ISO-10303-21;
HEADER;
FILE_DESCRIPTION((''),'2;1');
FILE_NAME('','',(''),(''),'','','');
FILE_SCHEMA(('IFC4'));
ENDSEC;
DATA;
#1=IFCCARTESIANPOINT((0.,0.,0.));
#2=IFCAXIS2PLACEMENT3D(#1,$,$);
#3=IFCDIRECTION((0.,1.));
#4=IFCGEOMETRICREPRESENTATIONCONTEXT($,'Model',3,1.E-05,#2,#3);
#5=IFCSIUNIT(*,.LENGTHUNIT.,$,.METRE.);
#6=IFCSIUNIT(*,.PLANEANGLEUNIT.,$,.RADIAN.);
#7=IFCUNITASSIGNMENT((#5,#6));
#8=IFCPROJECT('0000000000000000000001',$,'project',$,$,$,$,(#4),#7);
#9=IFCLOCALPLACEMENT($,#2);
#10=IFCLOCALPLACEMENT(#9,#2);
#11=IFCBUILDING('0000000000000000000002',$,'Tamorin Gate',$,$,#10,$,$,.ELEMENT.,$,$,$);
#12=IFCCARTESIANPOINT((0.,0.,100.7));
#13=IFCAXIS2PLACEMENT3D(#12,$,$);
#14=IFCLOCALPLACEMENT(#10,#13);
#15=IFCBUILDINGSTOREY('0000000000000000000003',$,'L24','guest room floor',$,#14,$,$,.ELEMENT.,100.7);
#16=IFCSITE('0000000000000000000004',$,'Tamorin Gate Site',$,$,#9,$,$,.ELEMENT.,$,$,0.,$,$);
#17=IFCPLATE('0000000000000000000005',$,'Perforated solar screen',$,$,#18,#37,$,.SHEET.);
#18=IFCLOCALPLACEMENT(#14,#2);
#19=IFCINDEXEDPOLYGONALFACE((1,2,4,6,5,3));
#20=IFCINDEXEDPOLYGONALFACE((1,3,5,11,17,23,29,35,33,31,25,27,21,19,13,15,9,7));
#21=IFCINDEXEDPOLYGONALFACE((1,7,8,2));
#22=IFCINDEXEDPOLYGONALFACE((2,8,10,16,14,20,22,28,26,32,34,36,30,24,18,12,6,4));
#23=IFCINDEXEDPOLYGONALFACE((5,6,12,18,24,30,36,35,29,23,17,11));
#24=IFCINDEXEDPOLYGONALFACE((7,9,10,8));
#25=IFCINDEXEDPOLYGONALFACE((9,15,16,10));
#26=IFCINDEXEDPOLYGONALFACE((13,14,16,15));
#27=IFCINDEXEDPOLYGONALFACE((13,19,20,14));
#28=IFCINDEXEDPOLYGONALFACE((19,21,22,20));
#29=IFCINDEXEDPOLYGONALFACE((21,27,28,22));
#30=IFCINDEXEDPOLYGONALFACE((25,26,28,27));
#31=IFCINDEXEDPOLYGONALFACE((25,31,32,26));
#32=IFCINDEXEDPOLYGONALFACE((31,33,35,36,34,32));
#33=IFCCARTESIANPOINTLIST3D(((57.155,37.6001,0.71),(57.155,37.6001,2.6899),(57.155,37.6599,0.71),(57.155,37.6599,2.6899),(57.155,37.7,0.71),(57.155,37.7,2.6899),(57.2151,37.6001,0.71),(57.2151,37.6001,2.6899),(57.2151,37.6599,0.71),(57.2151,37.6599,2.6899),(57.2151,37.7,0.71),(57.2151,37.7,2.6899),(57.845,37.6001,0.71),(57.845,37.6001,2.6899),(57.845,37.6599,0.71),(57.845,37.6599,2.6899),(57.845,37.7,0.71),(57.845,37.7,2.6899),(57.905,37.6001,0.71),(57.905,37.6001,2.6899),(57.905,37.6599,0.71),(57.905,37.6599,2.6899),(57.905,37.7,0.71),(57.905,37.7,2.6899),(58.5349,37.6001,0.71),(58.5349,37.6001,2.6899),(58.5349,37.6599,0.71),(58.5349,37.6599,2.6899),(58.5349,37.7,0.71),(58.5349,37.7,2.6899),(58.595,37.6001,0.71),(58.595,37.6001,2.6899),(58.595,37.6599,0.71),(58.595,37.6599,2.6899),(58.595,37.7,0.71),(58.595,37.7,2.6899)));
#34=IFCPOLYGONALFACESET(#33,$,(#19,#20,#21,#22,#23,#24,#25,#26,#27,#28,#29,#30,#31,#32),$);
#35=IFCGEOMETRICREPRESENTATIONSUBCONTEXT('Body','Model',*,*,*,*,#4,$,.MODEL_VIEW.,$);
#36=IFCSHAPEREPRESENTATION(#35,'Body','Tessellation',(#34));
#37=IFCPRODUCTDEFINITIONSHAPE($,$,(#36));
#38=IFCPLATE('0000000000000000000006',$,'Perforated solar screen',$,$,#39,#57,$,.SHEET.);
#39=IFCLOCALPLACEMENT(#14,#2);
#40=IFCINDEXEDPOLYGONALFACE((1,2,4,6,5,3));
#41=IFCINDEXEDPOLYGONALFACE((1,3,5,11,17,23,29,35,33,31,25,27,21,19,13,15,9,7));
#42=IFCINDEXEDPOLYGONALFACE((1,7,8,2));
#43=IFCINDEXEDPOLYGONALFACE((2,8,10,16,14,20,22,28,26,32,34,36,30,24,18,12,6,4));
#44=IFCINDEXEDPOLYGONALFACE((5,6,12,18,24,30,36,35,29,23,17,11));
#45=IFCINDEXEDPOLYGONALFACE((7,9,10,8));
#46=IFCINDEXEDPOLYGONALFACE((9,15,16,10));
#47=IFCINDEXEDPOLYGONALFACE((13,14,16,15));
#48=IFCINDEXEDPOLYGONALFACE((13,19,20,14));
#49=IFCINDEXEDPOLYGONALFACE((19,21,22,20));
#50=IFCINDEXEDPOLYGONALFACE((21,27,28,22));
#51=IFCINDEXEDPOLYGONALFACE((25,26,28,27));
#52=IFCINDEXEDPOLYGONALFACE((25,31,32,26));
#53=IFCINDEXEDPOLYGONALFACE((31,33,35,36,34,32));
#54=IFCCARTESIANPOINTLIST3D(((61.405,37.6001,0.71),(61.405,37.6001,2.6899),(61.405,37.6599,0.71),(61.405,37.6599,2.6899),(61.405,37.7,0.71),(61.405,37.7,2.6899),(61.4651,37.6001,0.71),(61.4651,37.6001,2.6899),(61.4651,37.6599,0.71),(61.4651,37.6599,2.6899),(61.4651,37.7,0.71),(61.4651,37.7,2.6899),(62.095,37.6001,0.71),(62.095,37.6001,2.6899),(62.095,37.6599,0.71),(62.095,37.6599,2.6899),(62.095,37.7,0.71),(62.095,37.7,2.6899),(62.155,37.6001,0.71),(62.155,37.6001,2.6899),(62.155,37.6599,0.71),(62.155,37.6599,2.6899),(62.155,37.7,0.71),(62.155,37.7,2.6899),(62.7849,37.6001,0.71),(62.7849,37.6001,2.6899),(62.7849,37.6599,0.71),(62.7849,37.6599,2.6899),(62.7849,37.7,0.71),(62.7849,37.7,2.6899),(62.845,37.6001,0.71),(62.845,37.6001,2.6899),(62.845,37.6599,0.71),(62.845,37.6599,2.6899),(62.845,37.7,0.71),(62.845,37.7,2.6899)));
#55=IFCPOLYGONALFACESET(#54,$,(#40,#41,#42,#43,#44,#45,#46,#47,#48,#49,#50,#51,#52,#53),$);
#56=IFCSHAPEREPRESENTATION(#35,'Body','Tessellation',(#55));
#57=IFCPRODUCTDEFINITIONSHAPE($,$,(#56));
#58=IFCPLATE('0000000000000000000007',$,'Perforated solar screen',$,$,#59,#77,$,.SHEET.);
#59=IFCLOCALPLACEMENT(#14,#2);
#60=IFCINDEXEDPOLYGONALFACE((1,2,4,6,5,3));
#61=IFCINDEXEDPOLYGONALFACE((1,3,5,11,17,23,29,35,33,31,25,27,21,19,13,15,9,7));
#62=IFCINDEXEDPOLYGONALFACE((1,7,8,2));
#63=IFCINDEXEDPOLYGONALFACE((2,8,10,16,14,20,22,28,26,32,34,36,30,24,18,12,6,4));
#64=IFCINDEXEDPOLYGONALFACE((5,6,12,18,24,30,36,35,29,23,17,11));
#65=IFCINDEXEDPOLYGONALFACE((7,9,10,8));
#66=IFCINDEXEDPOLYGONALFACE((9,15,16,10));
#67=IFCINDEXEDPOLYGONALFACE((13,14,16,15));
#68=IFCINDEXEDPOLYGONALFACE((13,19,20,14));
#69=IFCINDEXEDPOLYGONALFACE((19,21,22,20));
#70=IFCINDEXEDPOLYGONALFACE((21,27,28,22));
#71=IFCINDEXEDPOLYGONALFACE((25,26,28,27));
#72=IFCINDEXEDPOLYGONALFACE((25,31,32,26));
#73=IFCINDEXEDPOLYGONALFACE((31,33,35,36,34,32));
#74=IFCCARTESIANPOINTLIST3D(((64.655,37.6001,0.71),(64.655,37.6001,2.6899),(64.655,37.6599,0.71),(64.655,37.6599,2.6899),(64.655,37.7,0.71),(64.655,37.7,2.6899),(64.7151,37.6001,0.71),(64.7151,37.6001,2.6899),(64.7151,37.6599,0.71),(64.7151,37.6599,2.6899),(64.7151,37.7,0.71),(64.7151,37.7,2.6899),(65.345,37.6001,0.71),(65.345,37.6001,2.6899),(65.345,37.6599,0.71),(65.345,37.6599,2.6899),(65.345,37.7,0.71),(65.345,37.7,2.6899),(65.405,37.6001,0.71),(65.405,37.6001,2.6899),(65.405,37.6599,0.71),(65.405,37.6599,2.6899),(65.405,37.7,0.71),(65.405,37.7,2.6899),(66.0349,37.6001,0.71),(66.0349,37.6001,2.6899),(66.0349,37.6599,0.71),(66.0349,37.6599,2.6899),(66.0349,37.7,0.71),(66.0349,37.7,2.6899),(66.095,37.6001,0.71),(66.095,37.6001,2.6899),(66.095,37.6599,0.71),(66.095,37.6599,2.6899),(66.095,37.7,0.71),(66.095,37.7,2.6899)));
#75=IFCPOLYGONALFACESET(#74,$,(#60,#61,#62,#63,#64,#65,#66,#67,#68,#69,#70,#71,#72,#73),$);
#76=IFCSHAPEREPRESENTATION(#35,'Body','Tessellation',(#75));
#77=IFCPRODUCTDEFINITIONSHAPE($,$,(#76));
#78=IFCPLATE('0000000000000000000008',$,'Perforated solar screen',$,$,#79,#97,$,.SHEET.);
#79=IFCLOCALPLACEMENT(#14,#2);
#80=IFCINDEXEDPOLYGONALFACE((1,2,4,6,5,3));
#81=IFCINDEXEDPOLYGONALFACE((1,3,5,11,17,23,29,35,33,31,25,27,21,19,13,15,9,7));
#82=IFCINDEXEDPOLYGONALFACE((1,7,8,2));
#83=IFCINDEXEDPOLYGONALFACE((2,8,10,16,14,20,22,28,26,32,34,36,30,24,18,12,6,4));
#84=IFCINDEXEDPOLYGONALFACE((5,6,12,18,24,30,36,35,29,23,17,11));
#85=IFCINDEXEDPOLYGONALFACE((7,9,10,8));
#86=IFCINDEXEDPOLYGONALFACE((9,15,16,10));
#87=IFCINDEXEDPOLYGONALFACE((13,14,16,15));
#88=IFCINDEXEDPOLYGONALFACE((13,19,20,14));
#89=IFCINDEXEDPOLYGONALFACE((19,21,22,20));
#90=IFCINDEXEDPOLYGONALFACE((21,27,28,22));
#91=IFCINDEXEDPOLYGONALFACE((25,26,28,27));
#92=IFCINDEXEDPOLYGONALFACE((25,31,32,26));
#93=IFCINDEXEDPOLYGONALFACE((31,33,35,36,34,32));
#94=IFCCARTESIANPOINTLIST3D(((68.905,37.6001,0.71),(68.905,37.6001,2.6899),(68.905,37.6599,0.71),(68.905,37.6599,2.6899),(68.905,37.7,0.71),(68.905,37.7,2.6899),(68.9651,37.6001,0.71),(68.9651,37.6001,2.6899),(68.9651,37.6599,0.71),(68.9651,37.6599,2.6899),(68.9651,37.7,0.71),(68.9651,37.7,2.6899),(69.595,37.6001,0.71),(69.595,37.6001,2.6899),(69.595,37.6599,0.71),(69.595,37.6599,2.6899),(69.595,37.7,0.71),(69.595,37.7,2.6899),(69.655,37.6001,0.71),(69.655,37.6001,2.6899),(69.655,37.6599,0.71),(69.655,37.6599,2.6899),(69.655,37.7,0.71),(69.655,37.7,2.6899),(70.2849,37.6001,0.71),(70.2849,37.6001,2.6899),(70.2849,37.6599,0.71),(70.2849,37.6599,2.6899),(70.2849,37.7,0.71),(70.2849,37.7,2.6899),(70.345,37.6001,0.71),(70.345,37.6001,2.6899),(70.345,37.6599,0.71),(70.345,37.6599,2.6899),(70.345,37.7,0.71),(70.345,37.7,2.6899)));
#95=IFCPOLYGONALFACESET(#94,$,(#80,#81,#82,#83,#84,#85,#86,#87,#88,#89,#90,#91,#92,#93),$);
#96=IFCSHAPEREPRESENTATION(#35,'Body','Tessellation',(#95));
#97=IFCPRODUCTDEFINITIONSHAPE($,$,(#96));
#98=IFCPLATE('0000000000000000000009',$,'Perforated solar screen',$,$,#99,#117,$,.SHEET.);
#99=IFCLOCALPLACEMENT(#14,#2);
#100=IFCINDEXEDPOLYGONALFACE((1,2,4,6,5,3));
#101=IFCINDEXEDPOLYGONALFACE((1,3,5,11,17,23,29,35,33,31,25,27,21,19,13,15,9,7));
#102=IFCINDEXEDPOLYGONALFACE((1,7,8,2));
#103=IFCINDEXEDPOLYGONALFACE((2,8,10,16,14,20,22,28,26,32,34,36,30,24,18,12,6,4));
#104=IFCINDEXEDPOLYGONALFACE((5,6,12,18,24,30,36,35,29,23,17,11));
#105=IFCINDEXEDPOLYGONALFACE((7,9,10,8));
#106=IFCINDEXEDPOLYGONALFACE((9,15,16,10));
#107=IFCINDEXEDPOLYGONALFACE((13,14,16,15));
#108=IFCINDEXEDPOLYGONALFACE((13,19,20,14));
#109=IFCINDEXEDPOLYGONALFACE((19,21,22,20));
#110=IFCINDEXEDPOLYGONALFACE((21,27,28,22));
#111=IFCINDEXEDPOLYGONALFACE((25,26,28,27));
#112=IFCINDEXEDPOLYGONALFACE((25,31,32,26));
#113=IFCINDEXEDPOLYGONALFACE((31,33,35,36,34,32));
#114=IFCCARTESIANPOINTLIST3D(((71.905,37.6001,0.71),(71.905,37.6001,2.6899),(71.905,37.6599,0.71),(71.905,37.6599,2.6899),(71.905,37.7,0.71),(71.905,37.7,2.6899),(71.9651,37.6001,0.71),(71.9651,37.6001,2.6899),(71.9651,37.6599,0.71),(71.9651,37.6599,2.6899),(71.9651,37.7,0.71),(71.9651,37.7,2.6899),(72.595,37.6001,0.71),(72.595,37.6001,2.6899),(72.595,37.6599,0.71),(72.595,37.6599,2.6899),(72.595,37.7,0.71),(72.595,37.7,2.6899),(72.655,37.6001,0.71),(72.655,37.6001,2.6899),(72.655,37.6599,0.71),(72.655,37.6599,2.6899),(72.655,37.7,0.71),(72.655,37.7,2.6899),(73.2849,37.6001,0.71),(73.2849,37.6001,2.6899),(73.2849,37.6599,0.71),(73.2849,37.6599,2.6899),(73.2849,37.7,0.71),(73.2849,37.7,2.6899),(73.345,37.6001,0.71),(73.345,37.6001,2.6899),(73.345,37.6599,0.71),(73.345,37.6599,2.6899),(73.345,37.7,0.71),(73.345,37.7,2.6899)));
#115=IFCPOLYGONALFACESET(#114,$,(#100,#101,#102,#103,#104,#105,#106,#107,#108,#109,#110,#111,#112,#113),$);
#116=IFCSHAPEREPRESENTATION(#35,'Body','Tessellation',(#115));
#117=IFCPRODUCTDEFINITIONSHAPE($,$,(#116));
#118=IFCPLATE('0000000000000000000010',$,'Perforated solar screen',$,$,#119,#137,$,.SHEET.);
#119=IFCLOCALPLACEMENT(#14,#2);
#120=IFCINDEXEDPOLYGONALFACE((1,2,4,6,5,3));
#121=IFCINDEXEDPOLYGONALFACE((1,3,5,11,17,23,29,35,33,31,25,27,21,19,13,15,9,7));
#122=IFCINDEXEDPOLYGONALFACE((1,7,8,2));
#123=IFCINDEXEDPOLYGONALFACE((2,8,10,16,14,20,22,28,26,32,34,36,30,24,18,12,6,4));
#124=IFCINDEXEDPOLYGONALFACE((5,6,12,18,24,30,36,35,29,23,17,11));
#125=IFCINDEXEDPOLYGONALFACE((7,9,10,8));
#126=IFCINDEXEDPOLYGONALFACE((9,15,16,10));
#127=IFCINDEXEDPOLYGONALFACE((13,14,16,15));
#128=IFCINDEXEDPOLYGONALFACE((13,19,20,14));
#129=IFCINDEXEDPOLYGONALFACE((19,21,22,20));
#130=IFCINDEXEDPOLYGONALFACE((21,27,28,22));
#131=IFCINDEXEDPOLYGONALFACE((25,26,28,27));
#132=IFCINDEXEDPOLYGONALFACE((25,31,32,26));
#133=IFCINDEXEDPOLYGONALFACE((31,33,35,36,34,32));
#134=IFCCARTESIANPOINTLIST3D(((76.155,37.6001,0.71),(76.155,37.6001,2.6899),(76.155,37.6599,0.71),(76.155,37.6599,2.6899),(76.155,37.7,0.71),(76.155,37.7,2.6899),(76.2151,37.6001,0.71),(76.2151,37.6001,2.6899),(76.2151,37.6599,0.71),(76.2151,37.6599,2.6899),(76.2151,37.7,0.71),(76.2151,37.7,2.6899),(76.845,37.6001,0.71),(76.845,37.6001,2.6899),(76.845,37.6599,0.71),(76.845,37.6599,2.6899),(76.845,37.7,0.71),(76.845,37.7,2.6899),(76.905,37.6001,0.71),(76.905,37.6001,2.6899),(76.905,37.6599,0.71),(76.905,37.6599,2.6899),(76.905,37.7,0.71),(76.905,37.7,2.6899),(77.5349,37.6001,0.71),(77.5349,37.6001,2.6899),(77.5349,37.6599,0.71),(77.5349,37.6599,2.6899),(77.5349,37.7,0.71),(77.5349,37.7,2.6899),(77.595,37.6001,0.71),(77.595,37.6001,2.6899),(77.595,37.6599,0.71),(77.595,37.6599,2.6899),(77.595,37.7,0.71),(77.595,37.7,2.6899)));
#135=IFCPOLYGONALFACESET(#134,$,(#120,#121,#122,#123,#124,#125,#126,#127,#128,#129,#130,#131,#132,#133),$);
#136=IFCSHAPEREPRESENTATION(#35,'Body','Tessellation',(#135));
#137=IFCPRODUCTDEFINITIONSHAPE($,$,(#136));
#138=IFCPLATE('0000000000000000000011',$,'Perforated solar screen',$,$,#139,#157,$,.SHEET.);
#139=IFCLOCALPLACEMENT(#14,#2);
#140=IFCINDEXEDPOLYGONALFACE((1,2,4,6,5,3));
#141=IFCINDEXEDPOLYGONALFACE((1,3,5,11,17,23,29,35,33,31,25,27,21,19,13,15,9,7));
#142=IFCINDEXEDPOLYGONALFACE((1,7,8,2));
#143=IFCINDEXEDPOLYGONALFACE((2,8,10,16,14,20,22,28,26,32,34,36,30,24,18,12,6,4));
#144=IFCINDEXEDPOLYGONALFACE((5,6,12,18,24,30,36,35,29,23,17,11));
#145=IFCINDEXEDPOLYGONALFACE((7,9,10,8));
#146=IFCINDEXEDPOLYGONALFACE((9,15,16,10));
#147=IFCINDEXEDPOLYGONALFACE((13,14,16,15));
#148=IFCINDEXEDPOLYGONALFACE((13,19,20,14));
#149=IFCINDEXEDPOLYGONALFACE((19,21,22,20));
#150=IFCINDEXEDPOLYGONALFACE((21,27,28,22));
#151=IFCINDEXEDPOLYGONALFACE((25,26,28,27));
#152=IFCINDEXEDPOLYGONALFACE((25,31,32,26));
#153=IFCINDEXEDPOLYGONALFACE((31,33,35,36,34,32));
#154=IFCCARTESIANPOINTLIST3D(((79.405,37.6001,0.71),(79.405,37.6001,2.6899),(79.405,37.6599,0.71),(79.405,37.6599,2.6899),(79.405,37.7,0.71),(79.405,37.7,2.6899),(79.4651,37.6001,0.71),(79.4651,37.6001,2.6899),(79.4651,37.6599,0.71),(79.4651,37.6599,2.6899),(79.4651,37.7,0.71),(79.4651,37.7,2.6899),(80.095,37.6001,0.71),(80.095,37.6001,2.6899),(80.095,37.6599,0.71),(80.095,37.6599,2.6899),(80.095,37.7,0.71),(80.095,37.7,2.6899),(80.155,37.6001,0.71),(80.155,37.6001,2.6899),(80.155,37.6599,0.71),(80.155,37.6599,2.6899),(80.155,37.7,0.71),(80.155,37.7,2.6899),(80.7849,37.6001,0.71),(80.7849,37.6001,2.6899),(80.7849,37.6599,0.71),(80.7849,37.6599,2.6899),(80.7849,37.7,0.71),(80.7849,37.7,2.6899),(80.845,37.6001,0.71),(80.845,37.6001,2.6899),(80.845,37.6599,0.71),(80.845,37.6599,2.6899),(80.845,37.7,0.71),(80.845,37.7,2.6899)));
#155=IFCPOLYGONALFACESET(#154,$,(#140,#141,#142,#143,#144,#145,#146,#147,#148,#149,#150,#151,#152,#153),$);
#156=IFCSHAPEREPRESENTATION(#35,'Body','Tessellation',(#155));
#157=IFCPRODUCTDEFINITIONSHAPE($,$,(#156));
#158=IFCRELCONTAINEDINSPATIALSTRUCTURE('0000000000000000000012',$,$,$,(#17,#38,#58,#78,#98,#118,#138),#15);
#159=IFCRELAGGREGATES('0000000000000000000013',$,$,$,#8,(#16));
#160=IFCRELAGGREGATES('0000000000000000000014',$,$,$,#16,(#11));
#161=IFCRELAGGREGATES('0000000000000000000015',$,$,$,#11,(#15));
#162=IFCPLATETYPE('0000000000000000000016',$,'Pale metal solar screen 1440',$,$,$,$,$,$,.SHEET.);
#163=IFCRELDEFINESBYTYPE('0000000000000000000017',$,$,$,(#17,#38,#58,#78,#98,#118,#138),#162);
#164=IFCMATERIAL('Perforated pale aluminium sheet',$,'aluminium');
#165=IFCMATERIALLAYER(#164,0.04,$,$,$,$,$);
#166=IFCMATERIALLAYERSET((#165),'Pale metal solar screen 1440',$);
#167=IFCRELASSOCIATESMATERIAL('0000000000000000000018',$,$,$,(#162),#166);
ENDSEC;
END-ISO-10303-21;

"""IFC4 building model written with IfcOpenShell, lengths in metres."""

from ifc_helpers import new_model, si_unit, direction, frame, origin, place, context, subcontext, project, spatial, polyline, outline, extrude, material, layer, layer_set, type_object, element, save


model = new_model("IFC4")

# Units and contexts
model_context = context("Model", 3, precision=1e-05, world=origin(), true_north=direction((0.0, 1.0)))
body_context = subcontext(model_context, "Body", "Model", "MODEL_VIEW")
ifc_project = project(units=[si_unit("LENGTHUNIT", "METRE"), si_unit("PLANEANGLEUNIT", "RADIAN")], contexts=[model_context])

# Site, building, storey
site_placement = place(None, origin())
site = spatial("IfcSite", under=ifc_project, at=site_placement, Name="Tamorin Gate Site", CompositionType="ELEMENT", RefElevation=0.0)
building_placement = place(site_placement, origin())
building = spatial("IfcBuilding", under=site, at=building_placement, Name="Tamorin Gate", CompositionType="ELEMENT")
storey_placement = place(building_placement, frame((0.0, 0.0, 100.7)))
storey = spatial("IfcBuildingStorey", under=building, at=storey_placement, Name="L24", Description="guest room floor", CompositionType="ELEMENT", Elevation=100.7)

# Plates
ifc_material_1 = material(Name="Perforated pale aluminium sheet", Category="aluminium")
ifc_layer_1 = layer(ifc_material_1, 0.04)
ifc_layer_set_1 = layer_set([ifc_layer_1], Name="Pale metal solar screen 1440")
plate_type = type_object("IfcPlateType", Name="Pale metal solar screen 1440", PredefinedType="SHEET", material=ifc_layer_set_1)
plate_1_placement = place(storey_placement, frame((0.0, 0.0, 0.71)))
element("IfcPlate", 1, at=plate_1_placement, inside=storey, type_object=plate_type, Name="Perforated solar screen", PredefinedType="SHEET", context=body_context, shape_type="SweptSolid", body=[
    extrude(outline(polyline([(57.155, 37.6599), (57.155, 37.7), (57.2151, 37.7), (57.845, 37.7), (57.905, 37.7), (58.5349, 37.7), (58.595, 37.7), (58.595, 37.6599), (58.595, 37.6001), (58.5349, 37.6001), (58.5349, 37.6599), (57.905, 37.6599), (57.905, 37.6001), (57.845, 37.6001), (57.845, 37.6599), (57.2151, 37.6599), (57.2151, 37.6001), (57.155, 37.6001), (57.155, 37.6599)])), origin(), (0.0, 0.0, 1.0), 1.98),
])
plate_2_placement = place(storey_placement, frame((0.0, 0.0, 0.71)))
element("IfcPlate", 2, at=plate_2_placement, inside=storey, type_object=plate_type, Name="Perforated solar screen", PredefinedType="SHEET", context=body_context, shape_type="SweptSolid", body=[
    extrude(outline(polyline([(61.405, 37.6599), (61.405, 37.7), (61.4651, 37.7), (62.095, 37.7), (62.155, 37.7), (62.7849, 37.7), (62.845, 37.7), (62.845, 37.6599), (62.845, 37.6001), (62.7849, 37.6001), (62.7849, 37.6599), (62.155, 37.6599), (62.155, 37.6001), (62.095, 37.6001), (62.095, 37.6599), (61.4651, 37.6599), (61.4651, 37.6001), (61.405, 37.6001), (61.405, 37.6599)])), origin(), (0.0, 0.0, 1.0), 1.98),
])
plate_3_placement = place(storey_placement, frame((0.0, 0.0, 0.71)))
element("IfcPlate", 3, at=plate_3_placement, inside=storey, type_object=plate_type, Name="Perforated solar screen", PredefinedType="SHEET", context=body_context, shape_type="SweptSolid", body=[
    extrude(outline(polyline([(64.655, 37.6599), (64.655, 37.7), (64.7151, 37.7), (65.345, 37.7), (65.405, 37.7), (66.0349, 37.7), (66.095, 37.7), (66.095, 37.6599), (66.095, 37.6001), (66.0349, 37.6001), (66.0349, 37.6599), (65.405, 37.6599), (65.405, 37.6001), (65.345, 37.6001), (65.345, 37.6599), (64.7151, 37.6599), (64.7151, 37.6001), (64.655, 37.6001), (64.655, 37.6599)])), origin(), (0.0, 0.0, 1.0), 1.98),
])
plate_4_placement = place(storey_placement, frame((0.0, 0.0, 0.71)))
element("IfcPlate", 4, at=plate_4_placement, inside=storey, type_object=plate_type, Name="Perforated solar screen", PredefinedType="SHEET", context=body_context, shape_type="SweptSolid", body=[
    extrude(outline(polyline([(68.905, 37.6599), (68.905, 37.7), (68.9651, 37.7), (69.595, 37.7), (69.655, 37.7), (70.2849, 37.7), (70.345, 37.7), (70.345, 37.6599), (70.345, 37.6001), (70.2849, 37.6001), (70.2849, 37.6599), (69.655, 37.6599), (69.655, 37.6001), (69.595, 37.6001), (69.595, 37.6599), (68.9651, 37.6599), (68.9651, 37.6001), (68.905, 37.6001), (68.905, 37.6599)])), origin(), (0.0, 0.0, 1.0), 1.98),
])
plate_5_placement = place(storey_placement, frame((0.0, 0.0, 0.71)))
element("IfcPlate", 5, at=plate_5_placement, inside=storey, type_object=plate_type, Name="Perforated solar screen", PredefinedType="SHEET", context=body_context, shape_type="SweptSolid", body=[
    extrude(outline(polyline([(71.905, 37.6599), (71.905, 37.7), (71.9651, 37.7), (72.595, 37.7), (72.655, 37.7), (73.2849, 37.7), (73.345, 37.7), (73.345, 37.6599), (73.345, 37.6001), (73.2849, 37.6001), (73.2849, 37.6599), (72.655, 37.6599), (72.655, 37.6001), (72.595, 37.6001), (72.595, 37.6599), (71.9651, 37.6599), (71.9651, 37.6001), (71.905, 37.6001), (71.905, 37.6599)])), origin(), (0.0, 0.0, 1.0), 1.98),
])
plate_6_placement = place(storey_placement, frame((0.0, 0.0, 0.71)))
element("IfcPlate", 6, at=plate_6_placement, inside=storey, type_object=plate_type, Name="Perforated solar screen", PredefinedType="SHEET", context=body_context, shape_type="SweptSolid", body=[
    extrude(outline(polyline([(76.155, 37.6599), (76.155, 37.7), (76.2151, 37.7), (76.845, 37.7), (76.905, 37.7), (77.5349, 37.7), (77.595, 37.7), (77.595, 37.6599), (77.595, 37.6001), (77.5349, 37.6001), (77.5349, 37.6599), (76.905, 37.6599), (76.905, 37.6001), (76.845, 37.6001), (76.845, 37.6599), (76.2151, 37.6599), (76.2151, 37.6001), (76.155, 37.6001), (76.155, 37.6599)])), origin(), (0.0, 0.0, 1.0), 1.98),
])
plate_7_placement = place(storey_placement, frame((0.0, 0.0, 0.71)))
element("IfcPlate", 7, at=plate_7_placement, inside=storey, type_object=plate_type, Name="Perforated solar screen", PredefinedType="SHEET", context=body_context, shape_type="SweptSolid", body=[
    extrude(outline(polyline([(79.405, 37.6599), (79.405, 37.7), (79.4651, 37.7), (80.095, 37.7), (80.155, 37.7), (80.7849, 37.7), (80.845, 37.7), (80.845, 37.6599), (80.845, 37.6001), (80.7849, 37.6001), (80.7849, 37.6599), (80.155, 37.6599), (80.155, 37.6001), (80.095, 37.6001), (80.095, 37.6599), (79.4651, 37.6599), (79.4651, 37.6001), (79.405, 37.6001), (79.405, 37.6599)])), origin(), (0.0, 0.0, 1.0), 1.98),
])

save(model, "model.ifc")
